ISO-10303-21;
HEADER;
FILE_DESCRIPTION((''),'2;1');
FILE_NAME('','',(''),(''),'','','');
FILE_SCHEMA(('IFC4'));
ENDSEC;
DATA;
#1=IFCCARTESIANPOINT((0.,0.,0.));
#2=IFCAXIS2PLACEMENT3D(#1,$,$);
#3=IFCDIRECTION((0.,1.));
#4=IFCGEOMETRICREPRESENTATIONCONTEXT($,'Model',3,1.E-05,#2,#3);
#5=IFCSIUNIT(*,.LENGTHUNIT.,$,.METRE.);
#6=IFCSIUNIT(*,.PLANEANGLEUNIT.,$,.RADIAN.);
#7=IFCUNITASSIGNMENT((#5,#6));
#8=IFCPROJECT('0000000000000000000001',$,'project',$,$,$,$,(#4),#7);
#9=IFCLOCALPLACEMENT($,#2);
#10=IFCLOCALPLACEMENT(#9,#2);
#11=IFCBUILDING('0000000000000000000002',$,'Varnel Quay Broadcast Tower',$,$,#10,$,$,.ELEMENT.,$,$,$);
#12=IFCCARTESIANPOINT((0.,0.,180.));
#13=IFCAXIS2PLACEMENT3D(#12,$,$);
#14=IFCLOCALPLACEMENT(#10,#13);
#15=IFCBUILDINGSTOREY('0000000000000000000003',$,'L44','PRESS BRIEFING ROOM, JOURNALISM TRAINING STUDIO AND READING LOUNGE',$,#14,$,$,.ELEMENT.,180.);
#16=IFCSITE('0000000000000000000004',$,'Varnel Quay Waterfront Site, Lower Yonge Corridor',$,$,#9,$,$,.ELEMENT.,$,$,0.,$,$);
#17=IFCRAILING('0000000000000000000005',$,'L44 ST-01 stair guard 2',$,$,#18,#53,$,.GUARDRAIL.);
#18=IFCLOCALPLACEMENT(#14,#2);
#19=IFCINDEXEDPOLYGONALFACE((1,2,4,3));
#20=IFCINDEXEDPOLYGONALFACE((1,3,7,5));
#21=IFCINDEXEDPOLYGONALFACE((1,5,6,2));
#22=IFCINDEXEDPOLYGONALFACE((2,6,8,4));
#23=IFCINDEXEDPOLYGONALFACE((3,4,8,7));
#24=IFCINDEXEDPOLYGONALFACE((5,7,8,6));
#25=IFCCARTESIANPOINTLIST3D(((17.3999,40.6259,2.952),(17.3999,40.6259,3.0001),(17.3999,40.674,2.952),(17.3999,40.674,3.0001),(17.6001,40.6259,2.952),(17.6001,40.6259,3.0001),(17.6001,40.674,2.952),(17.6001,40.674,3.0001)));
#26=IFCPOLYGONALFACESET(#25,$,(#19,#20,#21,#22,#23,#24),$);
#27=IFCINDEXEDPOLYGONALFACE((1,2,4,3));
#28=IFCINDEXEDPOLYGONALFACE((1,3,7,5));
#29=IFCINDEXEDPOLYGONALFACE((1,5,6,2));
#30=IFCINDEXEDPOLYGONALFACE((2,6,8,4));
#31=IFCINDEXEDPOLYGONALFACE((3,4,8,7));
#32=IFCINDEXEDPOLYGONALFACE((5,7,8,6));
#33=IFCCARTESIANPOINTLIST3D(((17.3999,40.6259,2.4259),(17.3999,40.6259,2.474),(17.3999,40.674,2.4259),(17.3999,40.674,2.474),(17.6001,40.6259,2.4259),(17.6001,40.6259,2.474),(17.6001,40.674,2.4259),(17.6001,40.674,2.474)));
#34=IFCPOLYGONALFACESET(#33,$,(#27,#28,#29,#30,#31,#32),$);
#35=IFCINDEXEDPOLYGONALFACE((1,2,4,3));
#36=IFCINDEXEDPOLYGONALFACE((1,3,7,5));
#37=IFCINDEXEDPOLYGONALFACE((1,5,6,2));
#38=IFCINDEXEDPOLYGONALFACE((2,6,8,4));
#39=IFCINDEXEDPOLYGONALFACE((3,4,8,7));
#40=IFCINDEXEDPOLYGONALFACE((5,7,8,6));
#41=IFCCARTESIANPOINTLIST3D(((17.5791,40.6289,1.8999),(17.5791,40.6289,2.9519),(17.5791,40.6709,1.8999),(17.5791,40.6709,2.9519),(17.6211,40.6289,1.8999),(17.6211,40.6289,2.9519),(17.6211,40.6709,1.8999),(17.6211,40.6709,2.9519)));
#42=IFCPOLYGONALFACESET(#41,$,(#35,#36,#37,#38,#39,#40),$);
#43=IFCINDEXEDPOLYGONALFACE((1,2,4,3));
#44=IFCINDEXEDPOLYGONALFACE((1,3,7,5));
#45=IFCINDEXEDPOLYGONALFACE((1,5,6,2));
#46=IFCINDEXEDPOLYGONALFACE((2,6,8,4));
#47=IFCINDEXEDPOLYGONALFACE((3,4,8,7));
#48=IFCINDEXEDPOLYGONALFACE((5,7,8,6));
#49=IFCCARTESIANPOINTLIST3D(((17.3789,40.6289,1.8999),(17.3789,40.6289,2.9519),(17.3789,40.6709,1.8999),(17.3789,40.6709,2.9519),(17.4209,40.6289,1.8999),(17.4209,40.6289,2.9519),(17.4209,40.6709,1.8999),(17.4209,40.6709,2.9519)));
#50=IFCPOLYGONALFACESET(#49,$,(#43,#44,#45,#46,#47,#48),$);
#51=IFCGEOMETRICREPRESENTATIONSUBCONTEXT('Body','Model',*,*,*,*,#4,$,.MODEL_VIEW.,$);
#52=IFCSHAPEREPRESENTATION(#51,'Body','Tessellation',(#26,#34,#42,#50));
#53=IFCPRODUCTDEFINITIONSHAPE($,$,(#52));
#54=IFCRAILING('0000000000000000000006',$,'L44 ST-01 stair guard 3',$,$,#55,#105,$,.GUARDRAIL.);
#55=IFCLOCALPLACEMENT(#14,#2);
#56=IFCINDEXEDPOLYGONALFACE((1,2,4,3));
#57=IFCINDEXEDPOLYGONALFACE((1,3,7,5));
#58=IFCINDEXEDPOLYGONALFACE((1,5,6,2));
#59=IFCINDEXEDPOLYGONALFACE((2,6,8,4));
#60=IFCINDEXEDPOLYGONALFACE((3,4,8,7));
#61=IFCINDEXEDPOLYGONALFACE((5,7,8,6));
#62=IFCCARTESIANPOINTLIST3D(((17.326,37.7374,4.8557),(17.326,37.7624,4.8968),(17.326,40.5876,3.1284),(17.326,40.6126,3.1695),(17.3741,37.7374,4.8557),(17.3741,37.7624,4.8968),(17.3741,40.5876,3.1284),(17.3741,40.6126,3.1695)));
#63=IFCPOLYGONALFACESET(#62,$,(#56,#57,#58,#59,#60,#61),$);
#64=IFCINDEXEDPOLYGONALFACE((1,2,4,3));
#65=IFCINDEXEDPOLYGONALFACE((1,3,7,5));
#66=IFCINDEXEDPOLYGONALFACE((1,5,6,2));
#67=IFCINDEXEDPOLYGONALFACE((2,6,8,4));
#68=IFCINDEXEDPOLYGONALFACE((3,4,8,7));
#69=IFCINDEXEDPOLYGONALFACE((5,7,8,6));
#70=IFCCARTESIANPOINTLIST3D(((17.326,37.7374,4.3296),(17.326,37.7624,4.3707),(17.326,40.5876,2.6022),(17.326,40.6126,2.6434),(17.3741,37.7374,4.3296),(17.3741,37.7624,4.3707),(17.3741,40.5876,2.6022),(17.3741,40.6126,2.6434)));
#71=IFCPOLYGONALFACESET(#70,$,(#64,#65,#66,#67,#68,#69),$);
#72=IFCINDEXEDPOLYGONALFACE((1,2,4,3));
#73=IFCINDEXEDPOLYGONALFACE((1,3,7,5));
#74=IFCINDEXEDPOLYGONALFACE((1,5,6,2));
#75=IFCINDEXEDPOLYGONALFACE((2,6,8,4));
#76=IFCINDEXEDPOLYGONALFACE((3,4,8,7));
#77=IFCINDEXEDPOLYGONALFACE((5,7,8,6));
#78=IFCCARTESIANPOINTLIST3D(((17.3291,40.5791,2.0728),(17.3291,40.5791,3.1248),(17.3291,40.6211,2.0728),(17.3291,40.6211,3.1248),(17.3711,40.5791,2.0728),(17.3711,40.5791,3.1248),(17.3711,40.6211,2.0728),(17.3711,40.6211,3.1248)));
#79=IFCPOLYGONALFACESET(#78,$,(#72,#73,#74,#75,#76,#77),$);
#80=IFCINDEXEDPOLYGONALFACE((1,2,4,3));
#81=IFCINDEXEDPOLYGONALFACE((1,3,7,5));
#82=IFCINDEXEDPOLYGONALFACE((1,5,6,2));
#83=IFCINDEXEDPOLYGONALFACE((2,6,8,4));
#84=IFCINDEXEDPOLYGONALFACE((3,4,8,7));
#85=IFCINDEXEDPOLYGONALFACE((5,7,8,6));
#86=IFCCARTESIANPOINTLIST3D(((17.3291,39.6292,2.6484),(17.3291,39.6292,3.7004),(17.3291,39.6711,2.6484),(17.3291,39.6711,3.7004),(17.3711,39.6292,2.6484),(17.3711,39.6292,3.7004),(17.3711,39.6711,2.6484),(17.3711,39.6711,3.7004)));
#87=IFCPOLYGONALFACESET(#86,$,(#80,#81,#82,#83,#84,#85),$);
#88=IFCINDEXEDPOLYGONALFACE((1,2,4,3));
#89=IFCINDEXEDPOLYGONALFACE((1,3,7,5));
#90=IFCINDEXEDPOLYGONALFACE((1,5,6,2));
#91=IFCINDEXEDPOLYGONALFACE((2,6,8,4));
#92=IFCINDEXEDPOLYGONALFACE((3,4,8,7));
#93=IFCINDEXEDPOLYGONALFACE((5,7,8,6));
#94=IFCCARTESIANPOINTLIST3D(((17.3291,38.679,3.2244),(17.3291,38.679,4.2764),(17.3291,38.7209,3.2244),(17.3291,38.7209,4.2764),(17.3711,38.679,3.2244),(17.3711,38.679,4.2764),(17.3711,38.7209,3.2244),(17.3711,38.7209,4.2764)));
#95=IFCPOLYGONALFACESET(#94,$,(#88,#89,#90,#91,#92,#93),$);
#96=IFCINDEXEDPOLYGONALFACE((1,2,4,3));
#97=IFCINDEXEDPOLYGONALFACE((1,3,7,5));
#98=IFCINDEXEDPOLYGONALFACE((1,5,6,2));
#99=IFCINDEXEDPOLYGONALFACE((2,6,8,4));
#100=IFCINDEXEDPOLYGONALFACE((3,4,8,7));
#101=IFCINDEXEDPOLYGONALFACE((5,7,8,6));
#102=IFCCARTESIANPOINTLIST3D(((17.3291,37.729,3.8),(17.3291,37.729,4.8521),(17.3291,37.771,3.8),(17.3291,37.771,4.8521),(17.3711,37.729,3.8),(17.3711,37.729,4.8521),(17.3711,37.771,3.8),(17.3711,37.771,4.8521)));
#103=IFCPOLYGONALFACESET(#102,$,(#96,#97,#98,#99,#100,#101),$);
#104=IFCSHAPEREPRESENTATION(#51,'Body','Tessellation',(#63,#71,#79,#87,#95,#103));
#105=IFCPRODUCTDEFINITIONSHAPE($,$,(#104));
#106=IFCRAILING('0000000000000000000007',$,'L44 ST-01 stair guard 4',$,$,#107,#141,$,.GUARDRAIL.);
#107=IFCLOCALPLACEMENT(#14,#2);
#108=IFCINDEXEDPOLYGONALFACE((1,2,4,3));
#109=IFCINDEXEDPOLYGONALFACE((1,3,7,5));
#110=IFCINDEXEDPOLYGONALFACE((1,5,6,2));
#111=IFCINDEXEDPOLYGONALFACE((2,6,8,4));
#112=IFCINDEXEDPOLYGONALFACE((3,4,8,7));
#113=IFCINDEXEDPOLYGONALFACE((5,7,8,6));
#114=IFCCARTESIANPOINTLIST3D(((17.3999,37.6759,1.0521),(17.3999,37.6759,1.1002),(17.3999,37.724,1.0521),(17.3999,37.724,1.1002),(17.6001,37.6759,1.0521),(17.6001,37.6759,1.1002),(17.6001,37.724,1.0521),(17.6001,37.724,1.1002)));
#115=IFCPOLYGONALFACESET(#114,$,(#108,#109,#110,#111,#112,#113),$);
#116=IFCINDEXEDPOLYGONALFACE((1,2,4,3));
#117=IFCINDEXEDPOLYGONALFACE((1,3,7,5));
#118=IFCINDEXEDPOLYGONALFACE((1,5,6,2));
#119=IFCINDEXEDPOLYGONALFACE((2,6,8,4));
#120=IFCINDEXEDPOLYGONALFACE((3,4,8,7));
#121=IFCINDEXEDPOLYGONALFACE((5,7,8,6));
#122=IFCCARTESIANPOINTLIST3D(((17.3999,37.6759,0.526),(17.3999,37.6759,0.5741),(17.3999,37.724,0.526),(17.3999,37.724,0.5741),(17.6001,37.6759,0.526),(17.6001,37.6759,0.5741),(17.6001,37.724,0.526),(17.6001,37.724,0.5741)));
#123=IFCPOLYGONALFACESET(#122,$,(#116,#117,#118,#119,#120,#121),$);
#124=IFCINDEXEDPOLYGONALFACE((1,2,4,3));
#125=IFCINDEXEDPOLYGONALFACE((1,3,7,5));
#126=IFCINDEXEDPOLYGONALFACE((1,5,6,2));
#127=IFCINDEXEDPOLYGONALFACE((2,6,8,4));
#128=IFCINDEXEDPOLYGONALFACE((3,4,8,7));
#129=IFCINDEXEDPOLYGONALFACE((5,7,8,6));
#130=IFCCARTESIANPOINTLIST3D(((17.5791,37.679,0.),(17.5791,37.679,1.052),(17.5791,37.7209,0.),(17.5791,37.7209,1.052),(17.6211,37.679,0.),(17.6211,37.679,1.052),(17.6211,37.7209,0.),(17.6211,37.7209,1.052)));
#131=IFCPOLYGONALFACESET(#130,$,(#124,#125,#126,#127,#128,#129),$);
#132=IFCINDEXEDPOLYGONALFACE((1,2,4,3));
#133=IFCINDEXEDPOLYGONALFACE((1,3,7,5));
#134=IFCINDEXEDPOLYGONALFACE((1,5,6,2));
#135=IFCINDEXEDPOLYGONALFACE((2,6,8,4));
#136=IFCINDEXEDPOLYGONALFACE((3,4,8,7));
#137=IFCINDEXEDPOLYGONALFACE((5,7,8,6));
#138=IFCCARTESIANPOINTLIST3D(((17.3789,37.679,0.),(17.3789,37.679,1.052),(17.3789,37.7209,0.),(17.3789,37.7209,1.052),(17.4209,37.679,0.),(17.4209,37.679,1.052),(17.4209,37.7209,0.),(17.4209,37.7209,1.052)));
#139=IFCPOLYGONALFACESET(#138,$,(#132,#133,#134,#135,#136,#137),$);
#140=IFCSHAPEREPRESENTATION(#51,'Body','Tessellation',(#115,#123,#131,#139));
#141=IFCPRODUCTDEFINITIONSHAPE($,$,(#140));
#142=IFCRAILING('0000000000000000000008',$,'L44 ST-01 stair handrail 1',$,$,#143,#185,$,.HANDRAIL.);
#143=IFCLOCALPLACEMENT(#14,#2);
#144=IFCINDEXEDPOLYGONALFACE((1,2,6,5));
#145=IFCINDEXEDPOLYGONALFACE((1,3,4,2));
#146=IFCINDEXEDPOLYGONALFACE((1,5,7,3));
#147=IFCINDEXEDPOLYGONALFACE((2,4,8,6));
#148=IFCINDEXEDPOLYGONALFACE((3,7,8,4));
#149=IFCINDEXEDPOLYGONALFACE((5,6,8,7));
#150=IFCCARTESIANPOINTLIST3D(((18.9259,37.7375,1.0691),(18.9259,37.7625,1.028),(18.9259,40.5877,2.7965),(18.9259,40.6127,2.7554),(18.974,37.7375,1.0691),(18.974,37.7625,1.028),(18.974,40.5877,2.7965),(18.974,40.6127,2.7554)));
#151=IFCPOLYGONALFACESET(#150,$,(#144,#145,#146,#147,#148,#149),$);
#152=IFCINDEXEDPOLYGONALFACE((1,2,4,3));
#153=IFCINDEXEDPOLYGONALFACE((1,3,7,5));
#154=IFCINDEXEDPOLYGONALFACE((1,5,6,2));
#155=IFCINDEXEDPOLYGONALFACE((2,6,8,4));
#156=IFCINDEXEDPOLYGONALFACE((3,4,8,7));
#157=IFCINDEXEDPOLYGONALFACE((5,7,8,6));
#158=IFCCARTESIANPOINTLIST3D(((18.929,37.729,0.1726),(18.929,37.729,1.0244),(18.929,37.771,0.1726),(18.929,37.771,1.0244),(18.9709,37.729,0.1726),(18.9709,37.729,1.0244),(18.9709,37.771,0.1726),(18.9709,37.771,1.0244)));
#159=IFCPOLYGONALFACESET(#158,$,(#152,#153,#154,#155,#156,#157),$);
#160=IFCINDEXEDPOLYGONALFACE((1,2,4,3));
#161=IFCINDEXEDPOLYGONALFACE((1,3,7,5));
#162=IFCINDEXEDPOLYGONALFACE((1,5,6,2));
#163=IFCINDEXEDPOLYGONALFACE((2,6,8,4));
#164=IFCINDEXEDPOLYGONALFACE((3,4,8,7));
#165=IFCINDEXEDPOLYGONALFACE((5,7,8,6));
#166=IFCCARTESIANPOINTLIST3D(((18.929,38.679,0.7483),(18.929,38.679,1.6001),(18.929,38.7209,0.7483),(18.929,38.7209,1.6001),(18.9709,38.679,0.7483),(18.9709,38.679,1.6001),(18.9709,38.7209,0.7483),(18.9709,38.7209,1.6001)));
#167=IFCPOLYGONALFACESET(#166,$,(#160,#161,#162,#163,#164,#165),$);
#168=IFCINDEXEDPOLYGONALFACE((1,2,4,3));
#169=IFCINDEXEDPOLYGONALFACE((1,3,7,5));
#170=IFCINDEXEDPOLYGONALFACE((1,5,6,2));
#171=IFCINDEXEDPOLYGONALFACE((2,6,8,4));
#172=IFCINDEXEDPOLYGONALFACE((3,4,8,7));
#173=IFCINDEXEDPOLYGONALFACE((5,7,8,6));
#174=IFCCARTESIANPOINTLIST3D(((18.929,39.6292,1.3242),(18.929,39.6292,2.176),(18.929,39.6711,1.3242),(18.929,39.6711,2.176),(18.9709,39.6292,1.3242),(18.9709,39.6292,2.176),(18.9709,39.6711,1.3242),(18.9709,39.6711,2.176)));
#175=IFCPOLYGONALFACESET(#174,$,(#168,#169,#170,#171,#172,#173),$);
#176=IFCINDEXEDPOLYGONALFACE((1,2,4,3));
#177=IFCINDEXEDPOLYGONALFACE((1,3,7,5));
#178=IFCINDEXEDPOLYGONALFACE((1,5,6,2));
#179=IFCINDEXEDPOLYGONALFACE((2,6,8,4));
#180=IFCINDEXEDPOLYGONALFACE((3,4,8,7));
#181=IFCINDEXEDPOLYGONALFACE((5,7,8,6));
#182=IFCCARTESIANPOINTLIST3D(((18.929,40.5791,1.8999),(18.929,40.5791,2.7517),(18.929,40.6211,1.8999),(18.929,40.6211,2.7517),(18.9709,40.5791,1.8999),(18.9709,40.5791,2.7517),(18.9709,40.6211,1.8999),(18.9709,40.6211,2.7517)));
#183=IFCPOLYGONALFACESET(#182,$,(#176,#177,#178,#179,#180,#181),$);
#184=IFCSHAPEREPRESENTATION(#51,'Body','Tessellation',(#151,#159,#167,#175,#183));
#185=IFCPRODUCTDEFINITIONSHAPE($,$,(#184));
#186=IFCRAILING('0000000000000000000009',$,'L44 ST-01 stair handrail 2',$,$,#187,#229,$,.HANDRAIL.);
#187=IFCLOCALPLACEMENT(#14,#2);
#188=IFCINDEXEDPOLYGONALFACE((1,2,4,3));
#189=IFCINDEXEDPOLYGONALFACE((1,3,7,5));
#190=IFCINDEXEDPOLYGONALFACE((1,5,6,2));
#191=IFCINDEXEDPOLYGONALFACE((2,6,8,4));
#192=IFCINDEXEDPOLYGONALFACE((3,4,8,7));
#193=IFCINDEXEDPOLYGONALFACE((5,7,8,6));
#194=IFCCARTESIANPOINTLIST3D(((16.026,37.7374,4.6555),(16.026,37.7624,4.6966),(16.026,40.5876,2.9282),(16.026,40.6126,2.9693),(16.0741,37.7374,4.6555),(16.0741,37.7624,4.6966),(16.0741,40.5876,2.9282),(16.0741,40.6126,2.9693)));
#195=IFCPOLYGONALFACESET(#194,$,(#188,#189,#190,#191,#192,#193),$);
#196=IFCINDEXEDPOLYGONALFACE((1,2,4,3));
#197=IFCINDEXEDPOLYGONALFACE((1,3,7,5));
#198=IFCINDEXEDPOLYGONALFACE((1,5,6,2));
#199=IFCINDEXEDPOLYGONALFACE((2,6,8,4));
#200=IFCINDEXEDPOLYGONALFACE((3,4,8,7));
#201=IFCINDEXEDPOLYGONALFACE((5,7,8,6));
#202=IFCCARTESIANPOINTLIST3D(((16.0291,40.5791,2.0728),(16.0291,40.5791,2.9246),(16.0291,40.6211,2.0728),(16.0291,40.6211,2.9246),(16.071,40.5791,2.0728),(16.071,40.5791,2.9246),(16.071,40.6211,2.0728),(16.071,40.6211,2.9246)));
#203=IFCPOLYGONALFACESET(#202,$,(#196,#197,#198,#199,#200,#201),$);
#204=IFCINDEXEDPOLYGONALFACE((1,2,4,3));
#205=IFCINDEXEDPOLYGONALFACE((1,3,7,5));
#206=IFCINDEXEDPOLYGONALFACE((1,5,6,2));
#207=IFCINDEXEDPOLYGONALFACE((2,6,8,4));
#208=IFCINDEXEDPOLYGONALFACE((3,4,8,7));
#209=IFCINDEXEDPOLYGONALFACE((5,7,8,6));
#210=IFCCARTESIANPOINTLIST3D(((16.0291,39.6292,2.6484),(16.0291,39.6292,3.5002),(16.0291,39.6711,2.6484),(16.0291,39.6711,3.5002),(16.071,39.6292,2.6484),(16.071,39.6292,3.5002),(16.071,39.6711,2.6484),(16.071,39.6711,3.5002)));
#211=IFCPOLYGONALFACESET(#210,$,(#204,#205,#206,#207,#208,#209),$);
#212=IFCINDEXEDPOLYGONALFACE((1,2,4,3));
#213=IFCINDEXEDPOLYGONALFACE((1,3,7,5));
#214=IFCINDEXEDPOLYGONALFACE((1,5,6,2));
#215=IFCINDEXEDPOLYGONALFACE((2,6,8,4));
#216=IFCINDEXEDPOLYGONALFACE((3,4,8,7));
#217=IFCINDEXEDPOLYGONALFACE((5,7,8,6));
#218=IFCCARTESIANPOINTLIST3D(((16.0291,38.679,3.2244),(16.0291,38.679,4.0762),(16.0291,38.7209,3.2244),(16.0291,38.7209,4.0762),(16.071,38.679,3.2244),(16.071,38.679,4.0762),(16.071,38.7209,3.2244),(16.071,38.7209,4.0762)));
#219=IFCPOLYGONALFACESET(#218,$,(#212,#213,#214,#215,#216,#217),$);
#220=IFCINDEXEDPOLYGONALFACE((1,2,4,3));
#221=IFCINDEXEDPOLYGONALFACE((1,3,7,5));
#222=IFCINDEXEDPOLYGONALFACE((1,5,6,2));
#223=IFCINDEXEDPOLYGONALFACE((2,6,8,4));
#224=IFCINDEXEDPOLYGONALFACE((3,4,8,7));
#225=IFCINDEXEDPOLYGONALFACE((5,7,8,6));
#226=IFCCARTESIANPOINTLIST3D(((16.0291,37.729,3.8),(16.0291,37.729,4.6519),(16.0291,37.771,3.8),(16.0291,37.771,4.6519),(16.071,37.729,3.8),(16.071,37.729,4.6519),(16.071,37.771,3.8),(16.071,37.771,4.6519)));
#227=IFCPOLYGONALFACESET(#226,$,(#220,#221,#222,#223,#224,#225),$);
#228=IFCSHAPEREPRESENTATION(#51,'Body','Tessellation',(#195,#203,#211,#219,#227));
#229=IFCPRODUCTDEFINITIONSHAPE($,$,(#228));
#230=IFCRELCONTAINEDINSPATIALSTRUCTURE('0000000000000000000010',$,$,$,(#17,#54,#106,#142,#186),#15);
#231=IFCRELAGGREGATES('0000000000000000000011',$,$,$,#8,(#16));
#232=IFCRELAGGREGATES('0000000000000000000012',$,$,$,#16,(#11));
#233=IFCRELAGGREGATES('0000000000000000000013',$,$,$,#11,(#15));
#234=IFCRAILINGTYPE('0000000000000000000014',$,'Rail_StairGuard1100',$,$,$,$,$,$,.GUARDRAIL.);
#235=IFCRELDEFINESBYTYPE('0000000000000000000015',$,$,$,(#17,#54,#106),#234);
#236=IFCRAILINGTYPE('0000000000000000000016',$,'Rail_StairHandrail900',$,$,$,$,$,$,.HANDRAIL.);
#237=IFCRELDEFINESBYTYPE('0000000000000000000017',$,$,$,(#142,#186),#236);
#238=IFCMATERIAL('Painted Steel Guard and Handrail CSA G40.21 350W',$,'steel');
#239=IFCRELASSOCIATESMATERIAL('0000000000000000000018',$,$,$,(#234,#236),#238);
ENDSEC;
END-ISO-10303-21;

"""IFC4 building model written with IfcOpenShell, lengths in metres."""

from ifc_helpers import new_model, si_unit, direction, frame, origin, origin_2d, place, context, subcontext, project, spatial, rectangle, extrude, material, type_object, element, save


model = new_model("IFC4")

# Units and contexts
model_context = context("Model", 3, precision=1e-05, world=origin(), true_north=direction((0.0, 1.0)))
body_context = subcontext(model_context, "Body", "Model", "MODEL_VIEW")
ifc_project = project(units=[si_unit("LENGTHUNIT", "METRE"), si_unit("PLANEANGLEUNIT", "RADIAN")], contexts=[model_context])

# Site, building, storey
site_placement = place(None, origin())
site = spatial("IfcSite", under=ifc_project, at=site_placement, Name="Varnel Quay Waterfront Site, Lower Yonge Corridor", CompositionType="ELEMENT", RefElevation=0.0)
building_placement = place(site_placement, origin())
building = spatial("IfcBuilding", under=site, at=building_placement, Name="Varnel Quay Broadcast Tower", CompositionType="ELEMENT")
storey_placement = place(building_placement, frame((0.0, 0.0, 180.0)))
storey = spatial("IfcBuildingStorey", under=building, at=storey_placement, Name="L44", Description="PRESS BRIEFING ROOM, JOURNALISM TRAINING STUDIO AND READING LOUNGE", CompositionType="ELEMENT", Elevation=180.0)

# Railings
ifc_material_1 = material(Name="Painted Steel Guard and Handrail CSA G40.21 350W", Category="steel")
railing_type_1 = type_object("IfcRailingType", Name="Rail_StairGuard1100", PredefinedType="GUARDRAIL", material=ifc_material_1)
railing_1_placement = place(storey_placement, frame((17.6001, 40.6499, 1.8999)))
element("IfcRailing", 1, at=railing_1_placement, inside=storey, type_object=railing_type_1, Name="L44 ST-01 stair guard 2", PredefinedType="GUARDRAIL", context=body_context, shape_type="SweptSolid", body=[
    extrude(rectangle(XDim=0.0481, YDim=0.0481, at=origin_2d()), frame((0.0, 0.0, 1.0762), z_axis=(-1.0, 0.0, 0.0), x_axis=(0.0, -1.0, 0.0)), (0.0, 0.0, 1.0), 0.2002),
    extrude(rectangle(XDim=0.0481, YDim=0.0481, at=origin_2d()), frame((0.0, 0.0, 0.55), z_axis=(-1.0, 0.0, 0.0), x_axis=(0.0, -1.0, 0.0)), (0.0, 0.0, 1.0), 0.2002),
    extrude(rectangle(XDim=0.042, YDim=0.042, at=origin_2d()), origin(), (0.0, 0.0, 1.0), 1.052),
    extrude(rectangle(XDim=0.042, YDim=0.042, at=origin_2d()), frame((-0.2002, 0.0, 0.0)), (0.0, 0.0, 1.0), 1.052),
])
railing_2_placement = place(storey_placement, frame((17.3501, 40.6001, 2.0728)))
element("IfcRailing", 2, at=railing_2_placement, inside=storey, type_object=railing_type_1, Name="L44 ST-01 stair guard 3", PredefinedType="GUARDRAIL", context=body_context, shape_type="SweptSolid", body=[
    extrude(rectangle(XDim=0.0481, YDim=0.0481, at=origin_2d()), frame((0.0, 0.0, 1.0762), z_axis=(0.0, -0.855203, 0.518294), x_axis=(1.0, 0.0, 0.0)), (0.0, 0.0, 1.0), 3.3328),
    extrude(rectangle(XDim=0.0481, YDim=0.0481, at=origin_2d()), frame((0.0, 0.0, 0.55), z_axis=(0.0, -0.855203, 0.518294), x_axis=(1.0, 0.0, 0.0)), (0.0, 0.0, 1.0), 3.3328),
    extrude(rectangle(XDim=0.042, YDim=0.042, at=origin_2d()), origin(), (0.0, 0.0, 1.0), 1.052),
    extrude(rectangle(XDim=0.042, YDim=0.042, at=origin_2d()), frame((0.0, -0.95, 0.5757)), (0.0, 0.0, 1.0), 1.052),
    extrude(rectangle(XDim=0.042, YDim=0.042, at=origin_2d()), frame((0.0, -1.9001, 1.1516)), (0.0, 0.0, 1.0), 1.052),
    extrude(rectangle(XDim=0.042, YDim=0.042, at=origin_2d()), frame((0.0, -2.8501, 1.7273)), (0.0, 0.0, 1.0), 1.052),
])
railing_3_placement = place(storey_placement, frame((17.6001, 37.7, 0.0)))
element("IfcRailing", 3, at=railing_3_placement, inside=storey, type_object=railing_type_1, Name="L44 ST-01 stair guard 4", PredefinedType="GUARDRAIL", context=body_context, shape_type="SweptSolid", body=[
    extrude(rectangle(XDim=0.0481, YDim=0.0481, at=origin_2d()), frame((0.0, 0.0, 1.0762), z_axis=(-1.0, 0.0, 0.0), x_axis=(0.0, -1.0, 0.0)), (0.0, 0.0, 1.0), 0.2002),
    extrude(rectangle(XDim=0.0481, YDim=0.0481, at=origin_2d()), frame((0.0, 0.0, 0.55), z_axis=(-1.0, 0.0, 0.0), x_axis=(0.0, -1.0, 0.0)), (0.0, 0.0, 1.0), 0.2002),
    extrude(rectangle(XDim=0.042, YDim=0.042, at=origin_2d()), origin(), (0.0, 0.0, 1.0), 1.052),
    extrude(rectangle(XDim=0.042, YDim=0.042, at=origin_2d()), frame((-0.2002, 0.0, 0.0)), (0.0, 0.0, 1.0), 1.052),
])
railing_type_2 = type_object("IfcRailingType", Name="Rail_StairHandrail900", PredefinedType="HANDRAIL", material=ifc_material_1)
railing_4_placement = place(storey_placement, frame((18.95, 37.75, 0.1726)))
element("IfcRailing", 4, at=railing_4_placement, inside=storey, type_object=railing_type_2, Name="L44 ST-01 stair handrail 1", PredefinedType="HANDRAIL", context=body_context, shape_type="SweptSolid", body=[
    extrude(rectangle(XDim=0.0481, YDim=0.0481, at=origin_2d()), frame((0.0, 0.0, 0.876), z_axis=(0.0, 0.855203, 0.518294), x_axis=(-1.0, 0.0, 0.0)), (0.0, 0.0, 1.0), 3.3328),
    extrude(rectangle(XDim=0.042, YDim=0.042, at=origin_2d()), origin(), (0.0, 0.0, 1.0), 0.8518),
    extrude(rectangle(XDim=0.042, YDim=0.042, at=origin_2d()), frame((0.0, 0.95, 0.5757)), (0.0, 0.0, 1.0), 0.8518),
    extrude(rectangle(XDim=0.042, YDim=0.042, at=origin_2d()), frame((0.0, 1.9001, 1.1516)), (0.0, 0.0, 1.0), 0.8518),
    extrude(rectangle(XDim=0.042, YDim=0.042, at=origin_2d()), frame((0.0, 2.8501, 1.7273)), (0.0, 0.0, 1.0), 0.8518),
])
railing_5_placement = place(storey_placement, frame((16.05, 40.6001, 2.0728)))
element("IfcRailing", 5, at=railing_5_placement, inside=storey, type_object=railing_type_2, Name="L44 ST-01 stair handrail 2", PredefinedType="HANDRAIL", context=body_context, shape_type="SweptSolid", body=[
    extrude(rectangle(XDim=0.0481, YDim=0.0481, at=origin_2d()), frame((0.0, 0.0, 0.876), z_axis=(0.0, -0.855203, 0.518294), x_axis=(1.0, 0.0, 0.0)), (0.0, 0.0, 1.0), 3.3328),
    extrude(rectangle(XDim=0.042, YDim=0.042, at=origin_2d()), origin(), (0.0, 0.0, 1.0), 0.8518),
    extrude(rectangle(XDim=0.042, YDim=0.042, at=origin_2d()), frame((0.0, -0.95, 0.5757)), (0.0, 0.0, 1.0), 0.8518),
    extrude(rectangle(XDim=0.042, YDim=0.042, at=origin_2d()), frame((0.0, -1.9001, 1.1516)), (0.0, 0.0, 1.0), 0.8518),
    extrude(rectangle(XDim=0.042, YDim=0.042, at=origin_2d()), frame((0.0, -2.8501, 1.7273)), (0.0, 0.0, 1.0), 0.8518),
])

save(model, "model.ifc")
